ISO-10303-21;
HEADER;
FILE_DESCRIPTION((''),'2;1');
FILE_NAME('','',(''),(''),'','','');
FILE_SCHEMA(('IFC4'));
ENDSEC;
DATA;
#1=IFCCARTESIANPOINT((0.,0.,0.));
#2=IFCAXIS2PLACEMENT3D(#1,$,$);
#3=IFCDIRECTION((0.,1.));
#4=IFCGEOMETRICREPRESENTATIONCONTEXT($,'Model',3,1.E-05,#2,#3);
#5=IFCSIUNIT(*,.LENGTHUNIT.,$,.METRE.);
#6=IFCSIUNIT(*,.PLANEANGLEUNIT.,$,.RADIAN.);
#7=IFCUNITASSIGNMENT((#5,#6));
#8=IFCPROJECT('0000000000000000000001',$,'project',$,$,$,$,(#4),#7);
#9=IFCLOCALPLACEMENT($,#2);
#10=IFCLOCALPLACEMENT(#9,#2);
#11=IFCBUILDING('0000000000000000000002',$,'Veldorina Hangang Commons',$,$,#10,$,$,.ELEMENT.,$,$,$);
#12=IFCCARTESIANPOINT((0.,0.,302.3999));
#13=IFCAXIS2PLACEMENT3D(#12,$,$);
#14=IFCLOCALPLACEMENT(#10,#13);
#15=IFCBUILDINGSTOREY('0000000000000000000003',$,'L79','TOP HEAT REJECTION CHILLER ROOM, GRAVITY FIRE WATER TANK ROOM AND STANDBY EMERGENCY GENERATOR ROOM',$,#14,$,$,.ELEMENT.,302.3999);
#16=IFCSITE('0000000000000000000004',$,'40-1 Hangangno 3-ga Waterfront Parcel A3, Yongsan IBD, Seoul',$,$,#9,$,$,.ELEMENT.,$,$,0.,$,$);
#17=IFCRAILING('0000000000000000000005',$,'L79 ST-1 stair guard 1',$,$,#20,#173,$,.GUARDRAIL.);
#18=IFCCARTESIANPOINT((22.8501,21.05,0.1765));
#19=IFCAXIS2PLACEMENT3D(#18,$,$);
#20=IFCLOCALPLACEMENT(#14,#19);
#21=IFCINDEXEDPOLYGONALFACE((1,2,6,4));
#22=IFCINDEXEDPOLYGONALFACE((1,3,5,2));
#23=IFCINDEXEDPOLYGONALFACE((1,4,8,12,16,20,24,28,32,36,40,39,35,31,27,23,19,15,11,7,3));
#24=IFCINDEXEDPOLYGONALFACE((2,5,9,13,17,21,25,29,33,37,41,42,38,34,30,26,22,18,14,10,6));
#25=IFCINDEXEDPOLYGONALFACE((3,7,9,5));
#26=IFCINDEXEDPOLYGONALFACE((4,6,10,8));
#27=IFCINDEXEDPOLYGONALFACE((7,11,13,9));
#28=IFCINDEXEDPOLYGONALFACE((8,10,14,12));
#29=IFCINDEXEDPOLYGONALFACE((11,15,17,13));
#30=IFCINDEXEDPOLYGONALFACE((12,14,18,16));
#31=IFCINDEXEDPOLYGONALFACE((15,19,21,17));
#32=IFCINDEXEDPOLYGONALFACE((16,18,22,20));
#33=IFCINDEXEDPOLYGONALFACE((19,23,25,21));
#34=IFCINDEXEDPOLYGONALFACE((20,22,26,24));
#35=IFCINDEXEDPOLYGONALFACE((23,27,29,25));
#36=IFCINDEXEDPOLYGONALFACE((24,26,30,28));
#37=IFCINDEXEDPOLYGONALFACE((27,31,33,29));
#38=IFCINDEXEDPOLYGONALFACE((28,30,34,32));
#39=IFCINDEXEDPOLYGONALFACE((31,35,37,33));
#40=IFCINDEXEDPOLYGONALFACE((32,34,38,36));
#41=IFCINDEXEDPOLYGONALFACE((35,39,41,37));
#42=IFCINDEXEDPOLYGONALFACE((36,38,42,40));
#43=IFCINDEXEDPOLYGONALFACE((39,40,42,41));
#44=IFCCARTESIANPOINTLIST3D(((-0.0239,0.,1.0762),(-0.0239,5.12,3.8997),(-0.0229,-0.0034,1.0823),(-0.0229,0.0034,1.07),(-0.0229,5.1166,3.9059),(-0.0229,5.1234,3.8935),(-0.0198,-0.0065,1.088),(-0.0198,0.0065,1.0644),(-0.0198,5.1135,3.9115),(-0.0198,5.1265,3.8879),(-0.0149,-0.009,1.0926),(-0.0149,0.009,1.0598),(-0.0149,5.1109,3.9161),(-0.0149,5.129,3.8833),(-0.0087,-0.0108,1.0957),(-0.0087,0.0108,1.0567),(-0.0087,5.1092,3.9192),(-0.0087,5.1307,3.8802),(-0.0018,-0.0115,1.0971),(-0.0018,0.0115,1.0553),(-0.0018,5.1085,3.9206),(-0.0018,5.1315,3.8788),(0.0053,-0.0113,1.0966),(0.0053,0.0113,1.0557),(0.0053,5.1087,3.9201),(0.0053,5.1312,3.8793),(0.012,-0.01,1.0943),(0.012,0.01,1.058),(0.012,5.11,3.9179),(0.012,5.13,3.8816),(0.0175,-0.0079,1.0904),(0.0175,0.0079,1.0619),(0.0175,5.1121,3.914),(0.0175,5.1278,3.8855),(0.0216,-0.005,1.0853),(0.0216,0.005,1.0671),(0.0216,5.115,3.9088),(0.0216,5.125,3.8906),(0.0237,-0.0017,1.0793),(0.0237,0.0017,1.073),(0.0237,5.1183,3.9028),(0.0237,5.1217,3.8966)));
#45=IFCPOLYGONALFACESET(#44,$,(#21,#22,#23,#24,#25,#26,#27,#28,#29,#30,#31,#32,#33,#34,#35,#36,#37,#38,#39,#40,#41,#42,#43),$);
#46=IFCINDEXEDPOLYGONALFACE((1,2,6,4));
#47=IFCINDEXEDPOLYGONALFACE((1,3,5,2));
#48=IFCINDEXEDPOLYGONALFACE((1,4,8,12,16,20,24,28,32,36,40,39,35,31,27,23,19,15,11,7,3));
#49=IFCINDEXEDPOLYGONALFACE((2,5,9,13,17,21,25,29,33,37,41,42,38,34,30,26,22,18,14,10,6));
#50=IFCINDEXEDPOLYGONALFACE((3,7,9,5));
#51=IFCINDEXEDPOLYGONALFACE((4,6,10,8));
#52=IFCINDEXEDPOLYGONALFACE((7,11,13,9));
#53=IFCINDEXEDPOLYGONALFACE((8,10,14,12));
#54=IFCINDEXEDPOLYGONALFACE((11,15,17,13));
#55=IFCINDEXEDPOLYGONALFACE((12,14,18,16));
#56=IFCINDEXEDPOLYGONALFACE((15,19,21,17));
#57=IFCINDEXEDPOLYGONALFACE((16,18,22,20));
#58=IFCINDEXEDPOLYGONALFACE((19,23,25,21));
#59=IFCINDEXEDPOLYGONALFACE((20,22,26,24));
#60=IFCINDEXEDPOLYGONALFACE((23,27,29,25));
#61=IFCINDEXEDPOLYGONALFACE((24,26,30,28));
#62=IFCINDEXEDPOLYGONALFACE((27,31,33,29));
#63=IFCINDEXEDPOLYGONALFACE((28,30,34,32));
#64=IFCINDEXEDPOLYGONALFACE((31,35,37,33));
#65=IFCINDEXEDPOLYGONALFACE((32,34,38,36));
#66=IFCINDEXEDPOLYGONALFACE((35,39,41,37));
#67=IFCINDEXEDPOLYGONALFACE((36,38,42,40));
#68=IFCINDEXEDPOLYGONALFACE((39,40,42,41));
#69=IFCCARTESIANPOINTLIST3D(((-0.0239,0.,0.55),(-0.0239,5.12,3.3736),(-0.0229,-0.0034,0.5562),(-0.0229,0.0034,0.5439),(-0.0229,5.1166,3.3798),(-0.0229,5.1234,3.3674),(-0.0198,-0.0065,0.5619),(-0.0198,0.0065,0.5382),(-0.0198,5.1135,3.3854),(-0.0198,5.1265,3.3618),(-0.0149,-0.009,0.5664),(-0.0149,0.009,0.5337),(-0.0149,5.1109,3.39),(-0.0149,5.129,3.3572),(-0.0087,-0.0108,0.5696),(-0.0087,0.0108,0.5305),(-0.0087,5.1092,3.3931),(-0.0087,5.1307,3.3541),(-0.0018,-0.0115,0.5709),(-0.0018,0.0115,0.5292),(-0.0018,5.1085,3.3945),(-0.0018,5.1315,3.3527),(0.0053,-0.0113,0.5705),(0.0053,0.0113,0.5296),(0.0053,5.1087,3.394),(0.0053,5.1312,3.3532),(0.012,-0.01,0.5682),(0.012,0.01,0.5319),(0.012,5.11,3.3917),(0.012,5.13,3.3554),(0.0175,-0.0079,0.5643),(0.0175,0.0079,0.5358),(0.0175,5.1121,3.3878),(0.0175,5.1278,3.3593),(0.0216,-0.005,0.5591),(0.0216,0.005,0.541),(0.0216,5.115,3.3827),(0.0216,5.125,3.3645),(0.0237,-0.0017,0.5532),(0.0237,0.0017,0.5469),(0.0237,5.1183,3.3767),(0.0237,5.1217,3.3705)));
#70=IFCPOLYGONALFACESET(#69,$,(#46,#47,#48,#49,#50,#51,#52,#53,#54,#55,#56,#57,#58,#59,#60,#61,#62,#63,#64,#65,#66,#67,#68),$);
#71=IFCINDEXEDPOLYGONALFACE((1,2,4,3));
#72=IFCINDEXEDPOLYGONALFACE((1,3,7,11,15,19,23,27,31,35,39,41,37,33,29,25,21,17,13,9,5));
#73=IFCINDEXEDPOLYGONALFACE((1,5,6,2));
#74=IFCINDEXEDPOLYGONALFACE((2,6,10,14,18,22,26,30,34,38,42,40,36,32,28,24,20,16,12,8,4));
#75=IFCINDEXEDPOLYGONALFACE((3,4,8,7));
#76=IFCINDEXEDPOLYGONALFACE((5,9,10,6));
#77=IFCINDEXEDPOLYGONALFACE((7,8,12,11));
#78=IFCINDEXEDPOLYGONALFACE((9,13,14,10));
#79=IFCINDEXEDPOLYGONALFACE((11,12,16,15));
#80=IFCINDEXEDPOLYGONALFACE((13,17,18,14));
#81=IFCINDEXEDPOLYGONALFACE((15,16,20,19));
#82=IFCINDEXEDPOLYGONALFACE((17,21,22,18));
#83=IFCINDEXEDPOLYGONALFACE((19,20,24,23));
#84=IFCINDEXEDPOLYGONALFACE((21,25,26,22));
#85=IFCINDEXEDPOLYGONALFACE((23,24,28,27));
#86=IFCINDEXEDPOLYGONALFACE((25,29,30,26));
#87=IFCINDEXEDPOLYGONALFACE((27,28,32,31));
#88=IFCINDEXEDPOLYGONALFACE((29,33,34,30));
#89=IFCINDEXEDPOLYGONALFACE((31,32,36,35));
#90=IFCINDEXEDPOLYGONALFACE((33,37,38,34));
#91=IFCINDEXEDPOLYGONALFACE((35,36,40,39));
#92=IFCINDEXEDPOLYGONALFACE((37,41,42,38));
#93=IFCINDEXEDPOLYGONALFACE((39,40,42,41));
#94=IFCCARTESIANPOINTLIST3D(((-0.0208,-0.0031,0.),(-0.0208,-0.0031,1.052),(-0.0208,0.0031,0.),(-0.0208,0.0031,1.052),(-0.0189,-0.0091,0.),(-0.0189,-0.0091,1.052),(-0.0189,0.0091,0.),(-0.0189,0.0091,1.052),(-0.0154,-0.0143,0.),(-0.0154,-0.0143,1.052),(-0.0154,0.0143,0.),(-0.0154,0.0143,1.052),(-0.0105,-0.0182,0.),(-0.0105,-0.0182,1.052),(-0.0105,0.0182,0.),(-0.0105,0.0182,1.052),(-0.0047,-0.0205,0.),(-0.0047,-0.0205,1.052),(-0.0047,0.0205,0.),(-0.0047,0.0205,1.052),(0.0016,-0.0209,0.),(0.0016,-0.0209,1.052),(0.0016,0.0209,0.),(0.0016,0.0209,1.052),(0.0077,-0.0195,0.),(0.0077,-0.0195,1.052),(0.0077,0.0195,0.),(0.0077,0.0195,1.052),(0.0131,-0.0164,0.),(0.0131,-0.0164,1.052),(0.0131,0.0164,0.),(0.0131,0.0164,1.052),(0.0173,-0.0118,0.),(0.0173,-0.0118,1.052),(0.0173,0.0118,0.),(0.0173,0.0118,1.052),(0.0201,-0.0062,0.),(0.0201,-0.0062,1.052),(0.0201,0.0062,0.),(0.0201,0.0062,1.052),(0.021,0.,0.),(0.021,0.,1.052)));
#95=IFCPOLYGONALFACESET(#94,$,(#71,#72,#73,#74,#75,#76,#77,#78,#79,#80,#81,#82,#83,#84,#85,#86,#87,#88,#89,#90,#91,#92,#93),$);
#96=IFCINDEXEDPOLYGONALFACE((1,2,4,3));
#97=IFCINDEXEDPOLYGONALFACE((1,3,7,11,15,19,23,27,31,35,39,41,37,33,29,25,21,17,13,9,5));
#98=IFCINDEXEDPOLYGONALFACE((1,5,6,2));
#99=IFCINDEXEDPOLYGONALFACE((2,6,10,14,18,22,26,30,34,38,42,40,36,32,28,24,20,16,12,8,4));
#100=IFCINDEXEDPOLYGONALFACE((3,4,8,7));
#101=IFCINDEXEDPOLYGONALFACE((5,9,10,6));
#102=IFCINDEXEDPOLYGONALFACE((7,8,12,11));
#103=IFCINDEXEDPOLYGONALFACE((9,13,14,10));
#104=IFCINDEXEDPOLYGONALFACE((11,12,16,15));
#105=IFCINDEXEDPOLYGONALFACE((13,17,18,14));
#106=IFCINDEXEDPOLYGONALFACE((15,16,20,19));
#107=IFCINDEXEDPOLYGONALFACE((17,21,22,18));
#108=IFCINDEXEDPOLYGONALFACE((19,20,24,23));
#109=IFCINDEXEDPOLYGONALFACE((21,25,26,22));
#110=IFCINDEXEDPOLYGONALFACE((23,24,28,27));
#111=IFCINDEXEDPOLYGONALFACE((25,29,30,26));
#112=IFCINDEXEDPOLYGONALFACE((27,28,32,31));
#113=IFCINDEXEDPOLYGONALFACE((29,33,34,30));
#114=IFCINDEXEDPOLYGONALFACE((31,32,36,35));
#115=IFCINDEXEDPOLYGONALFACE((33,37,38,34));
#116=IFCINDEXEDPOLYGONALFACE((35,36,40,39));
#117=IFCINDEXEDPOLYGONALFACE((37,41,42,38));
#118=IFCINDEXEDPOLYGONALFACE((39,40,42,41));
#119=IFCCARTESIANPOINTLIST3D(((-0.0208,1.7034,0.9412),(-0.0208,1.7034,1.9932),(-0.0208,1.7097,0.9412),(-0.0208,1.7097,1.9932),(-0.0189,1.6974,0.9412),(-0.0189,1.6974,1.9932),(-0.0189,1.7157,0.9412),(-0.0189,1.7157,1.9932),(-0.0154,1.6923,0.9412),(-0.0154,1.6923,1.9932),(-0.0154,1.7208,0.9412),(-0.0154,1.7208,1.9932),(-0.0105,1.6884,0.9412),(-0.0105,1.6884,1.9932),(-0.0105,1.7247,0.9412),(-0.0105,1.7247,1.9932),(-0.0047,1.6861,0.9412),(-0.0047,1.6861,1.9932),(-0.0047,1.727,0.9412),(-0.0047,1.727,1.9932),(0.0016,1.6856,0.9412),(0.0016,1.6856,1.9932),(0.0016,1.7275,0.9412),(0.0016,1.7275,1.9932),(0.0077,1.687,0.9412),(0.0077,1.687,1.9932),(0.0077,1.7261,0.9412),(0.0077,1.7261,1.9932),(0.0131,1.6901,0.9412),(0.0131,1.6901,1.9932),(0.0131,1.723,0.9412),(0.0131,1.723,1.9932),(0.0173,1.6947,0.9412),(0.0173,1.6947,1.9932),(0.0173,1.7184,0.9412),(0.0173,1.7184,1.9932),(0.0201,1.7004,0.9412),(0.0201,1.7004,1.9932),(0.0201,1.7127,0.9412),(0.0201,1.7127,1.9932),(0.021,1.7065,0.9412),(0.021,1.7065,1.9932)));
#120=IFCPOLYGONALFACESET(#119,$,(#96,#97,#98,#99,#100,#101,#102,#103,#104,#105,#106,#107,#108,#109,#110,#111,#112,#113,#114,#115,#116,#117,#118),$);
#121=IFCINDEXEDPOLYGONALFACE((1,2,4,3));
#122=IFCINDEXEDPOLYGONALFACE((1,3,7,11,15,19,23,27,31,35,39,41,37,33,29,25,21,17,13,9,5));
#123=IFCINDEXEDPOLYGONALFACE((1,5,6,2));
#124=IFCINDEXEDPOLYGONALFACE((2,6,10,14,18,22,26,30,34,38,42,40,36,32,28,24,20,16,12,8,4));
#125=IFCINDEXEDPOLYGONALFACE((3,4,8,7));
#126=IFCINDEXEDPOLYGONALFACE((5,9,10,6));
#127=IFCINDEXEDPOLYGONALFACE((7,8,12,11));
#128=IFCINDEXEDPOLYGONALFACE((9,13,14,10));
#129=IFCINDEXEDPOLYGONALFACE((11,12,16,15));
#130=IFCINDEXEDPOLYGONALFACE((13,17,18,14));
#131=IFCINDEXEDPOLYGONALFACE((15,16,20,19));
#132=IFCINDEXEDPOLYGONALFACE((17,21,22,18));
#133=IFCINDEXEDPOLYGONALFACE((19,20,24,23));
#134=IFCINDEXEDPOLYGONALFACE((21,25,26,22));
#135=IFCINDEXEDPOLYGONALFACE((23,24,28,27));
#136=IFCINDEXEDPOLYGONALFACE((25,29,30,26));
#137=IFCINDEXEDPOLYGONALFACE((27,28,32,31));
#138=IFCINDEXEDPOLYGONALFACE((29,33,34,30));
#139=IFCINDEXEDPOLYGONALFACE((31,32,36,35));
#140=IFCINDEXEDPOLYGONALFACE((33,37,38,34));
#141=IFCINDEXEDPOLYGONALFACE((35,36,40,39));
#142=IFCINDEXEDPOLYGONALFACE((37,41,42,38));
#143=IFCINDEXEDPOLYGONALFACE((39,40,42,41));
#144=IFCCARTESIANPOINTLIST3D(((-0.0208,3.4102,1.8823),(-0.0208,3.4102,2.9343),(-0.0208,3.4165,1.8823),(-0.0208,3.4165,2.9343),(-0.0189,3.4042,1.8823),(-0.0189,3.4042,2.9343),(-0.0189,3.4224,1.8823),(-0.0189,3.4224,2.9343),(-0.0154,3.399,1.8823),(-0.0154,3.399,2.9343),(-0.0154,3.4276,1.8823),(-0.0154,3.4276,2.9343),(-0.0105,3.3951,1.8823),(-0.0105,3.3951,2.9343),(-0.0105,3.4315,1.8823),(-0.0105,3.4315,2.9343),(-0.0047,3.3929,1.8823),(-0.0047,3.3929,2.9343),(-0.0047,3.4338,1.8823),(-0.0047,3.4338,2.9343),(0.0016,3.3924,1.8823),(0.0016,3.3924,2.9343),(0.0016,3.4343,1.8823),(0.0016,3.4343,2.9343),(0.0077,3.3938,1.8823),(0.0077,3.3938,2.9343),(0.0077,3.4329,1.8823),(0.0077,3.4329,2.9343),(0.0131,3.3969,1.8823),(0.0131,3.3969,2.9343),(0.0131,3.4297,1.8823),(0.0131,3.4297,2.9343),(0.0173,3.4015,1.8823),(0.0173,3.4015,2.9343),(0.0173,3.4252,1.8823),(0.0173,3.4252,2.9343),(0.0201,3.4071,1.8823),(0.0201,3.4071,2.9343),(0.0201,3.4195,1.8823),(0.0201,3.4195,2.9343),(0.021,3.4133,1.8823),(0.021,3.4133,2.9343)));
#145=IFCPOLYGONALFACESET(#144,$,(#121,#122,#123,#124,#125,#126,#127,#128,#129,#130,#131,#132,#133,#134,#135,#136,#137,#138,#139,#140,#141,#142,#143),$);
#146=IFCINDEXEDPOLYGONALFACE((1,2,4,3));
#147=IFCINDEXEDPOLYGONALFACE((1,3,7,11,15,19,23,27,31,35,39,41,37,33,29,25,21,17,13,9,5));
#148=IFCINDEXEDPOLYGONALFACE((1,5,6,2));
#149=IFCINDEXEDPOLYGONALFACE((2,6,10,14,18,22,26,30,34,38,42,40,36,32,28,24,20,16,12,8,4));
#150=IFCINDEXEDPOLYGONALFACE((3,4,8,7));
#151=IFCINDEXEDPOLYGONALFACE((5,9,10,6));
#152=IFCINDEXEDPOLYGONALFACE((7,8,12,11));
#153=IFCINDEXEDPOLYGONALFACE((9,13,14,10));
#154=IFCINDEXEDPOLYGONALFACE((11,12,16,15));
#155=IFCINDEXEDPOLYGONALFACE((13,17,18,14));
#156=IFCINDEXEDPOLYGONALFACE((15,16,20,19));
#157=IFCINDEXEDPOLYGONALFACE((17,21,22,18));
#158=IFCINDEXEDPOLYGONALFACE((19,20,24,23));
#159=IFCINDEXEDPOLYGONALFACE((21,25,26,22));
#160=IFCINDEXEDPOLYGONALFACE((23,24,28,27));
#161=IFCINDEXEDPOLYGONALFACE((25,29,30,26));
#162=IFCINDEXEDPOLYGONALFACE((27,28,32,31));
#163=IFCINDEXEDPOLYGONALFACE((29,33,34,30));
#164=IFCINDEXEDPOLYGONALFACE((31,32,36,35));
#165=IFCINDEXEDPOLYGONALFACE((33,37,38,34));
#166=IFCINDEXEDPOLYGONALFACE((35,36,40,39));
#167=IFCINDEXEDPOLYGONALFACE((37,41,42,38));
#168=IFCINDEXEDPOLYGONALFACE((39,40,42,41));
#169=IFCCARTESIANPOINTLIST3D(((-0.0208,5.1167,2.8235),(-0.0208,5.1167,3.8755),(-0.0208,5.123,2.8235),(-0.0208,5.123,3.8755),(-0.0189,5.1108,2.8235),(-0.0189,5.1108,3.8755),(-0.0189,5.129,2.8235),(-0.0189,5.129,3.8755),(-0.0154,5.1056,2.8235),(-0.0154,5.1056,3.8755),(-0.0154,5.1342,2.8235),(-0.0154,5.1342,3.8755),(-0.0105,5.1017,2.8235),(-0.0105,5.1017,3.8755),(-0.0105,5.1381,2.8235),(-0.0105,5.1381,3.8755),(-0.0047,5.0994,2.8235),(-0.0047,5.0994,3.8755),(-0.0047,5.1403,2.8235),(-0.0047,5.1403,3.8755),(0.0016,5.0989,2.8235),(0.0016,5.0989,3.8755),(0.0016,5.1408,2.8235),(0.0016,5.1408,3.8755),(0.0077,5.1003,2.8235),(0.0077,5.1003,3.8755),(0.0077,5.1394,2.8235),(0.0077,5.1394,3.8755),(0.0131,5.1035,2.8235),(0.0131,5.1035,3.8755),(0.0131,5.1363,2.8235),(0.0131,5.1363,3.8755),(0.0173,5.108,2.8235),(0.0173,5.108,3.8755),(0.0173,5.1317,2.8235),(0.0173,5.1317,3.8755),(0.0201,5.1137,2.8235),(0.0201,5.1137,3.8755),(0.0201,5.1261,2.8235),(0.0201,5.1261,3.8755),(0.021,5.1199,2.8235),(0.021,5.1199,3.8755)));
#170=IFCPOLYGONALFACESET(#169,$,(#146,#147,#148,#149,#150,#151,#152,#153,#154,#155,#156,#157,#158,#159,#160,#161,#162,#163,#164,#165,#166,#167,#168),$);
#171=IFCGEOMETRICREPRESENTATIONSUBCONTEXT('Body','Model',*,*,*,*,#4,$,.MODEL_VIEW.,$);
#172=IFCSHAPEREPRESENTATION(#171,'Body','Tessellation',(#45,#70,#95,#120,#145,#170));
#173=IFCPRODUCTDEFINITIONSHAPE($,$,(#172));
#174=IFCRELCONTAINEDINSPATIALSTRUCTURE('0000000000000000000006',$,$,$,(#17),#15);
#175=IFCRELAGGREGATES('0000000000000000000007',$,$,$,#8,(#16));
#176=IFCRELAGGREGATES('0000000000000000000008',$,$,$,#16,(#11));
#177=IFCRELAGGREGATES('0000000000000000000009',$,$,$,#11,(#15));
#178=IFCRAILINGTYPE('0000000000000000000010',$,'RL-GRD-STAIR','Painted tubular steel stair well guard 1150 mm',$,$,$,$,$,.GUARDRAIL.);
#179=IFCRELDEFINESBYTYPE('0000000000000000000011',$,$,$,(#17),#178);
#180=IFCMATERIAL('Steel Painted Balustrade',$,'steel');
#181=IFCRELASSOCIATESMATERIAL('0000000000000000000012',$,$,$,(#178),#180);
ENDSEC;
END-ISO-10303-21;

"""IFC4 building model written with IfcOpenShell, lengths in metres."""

from ifc_helpers import new_model, si_unit, direction, frame, origin, origin_2d, place, context, subcontext, project, spatial, circle, extrude, material, type_object, element, save


model = new_model("IFC4")

# Units and contexts
model_context = context("Model", 3, precision=1e-05, world=origin(), true_north=direction((0.0, 1.0)))
body_context = subcontext(model_context, "Body", "Model", "MODEL_VIEW")
ifc_project = project(units=[si_unit("LENGTHUNIT", "METRE"), si_unit("PLANEANGLEUNIT", "RADIAN")], contexts=[model_context])

# Site, building, storey
site_placement = place(None, origin())
site = spatial("IfcSite", under=ifc_project, at=site_placement, Name="40-1 Hangangno 3-ga Waterfront Parcel A3, Yongsan IBD, Seoul", CompositionType="ELEMENT", RefElevation=0.0)
building_placement = place(site_placement, origin())
building = spatial("IfcBuilding", under=site, at=building_placement, Name="Veldorina Hangang Commons", CompositionType="ELEMENT")
storey_placement = place(building_placement, frame((0.0, 0.0, 302.3999)))
storey = spatial("IfcBuildingStorey", under=building, at=storey_placement, Name="L79", Description="TOP HEAT REJECTION CHILLER ROOM, GRAVITY FIRE WATER TANK ROOM AND STANDBY EMERGENCY GENERATOR ROOM", CompositionType="ELEMENT", Elevation=302.3999)

# Railing
ifc_material_1 = material(Name="Steel Painted Balustrade", Category="steel")
railing_type_1 = type_object("IfcRailingType", Name="RL-GRD-STAIR", Description="Painted tubular steel stair well guard 1150 mm", PredefinedType="GUARDRAIL", material=ifc_material_1)
railing_1_placement = place(storey_placement, frame((22.8501, 21.05, 0.1765)))
element("IfcRailing", 1, at=railing_1_placement, inside=storey, type_object=railing_type_1, Name="L79 ST-1 stair guard 1", PredefinedType="GUARDRAIL", context=body_context, shape_type="SweptSolid", body=[
    extrude(circle(Radius=0.0239, at=origin_2d()), frame((0.0, 0.0, 1.0762), z_axis=(0.0, 0.87567, 0.482911), x_axis=(-1.0, 0.0, 0.0)), (0.0, 0.0, 1.0), 5.8469),
    extrude(circle(Radius=0.0239, at=origin_2d()), frame((0.0, 0.0, 0.55), z_axis=(0.0, 0.87567, 0.482911), x_axis=(-1.0, 0.0, 0.0)), (0.0, 0.0, 1.0), 5.8469),
    extrude(circle(Radius=0.021, at=origin_2d()), origin(), (0.0, 0.0, 1.0), 1.052),
    extrude(circle(Radius=0.021, at=origin_2d()), frame((0.0, 1.7065, 0.9412)), (0.0, 0.0, 1.0), 1.052),
    extrude(circle(Radius=0.021, at=origin_2d()), frame((0.0, 3.4133, 1.8823)), (0.0, 0.0, 1.0), 1.052),
    extrude(circle(Radius=0.021, at=origin_2d()), frame((0.0, 5.1199, 2.8235)), (0.0, 0.0, 1.0), 1.052),
])

save(model, "model.ifc")
